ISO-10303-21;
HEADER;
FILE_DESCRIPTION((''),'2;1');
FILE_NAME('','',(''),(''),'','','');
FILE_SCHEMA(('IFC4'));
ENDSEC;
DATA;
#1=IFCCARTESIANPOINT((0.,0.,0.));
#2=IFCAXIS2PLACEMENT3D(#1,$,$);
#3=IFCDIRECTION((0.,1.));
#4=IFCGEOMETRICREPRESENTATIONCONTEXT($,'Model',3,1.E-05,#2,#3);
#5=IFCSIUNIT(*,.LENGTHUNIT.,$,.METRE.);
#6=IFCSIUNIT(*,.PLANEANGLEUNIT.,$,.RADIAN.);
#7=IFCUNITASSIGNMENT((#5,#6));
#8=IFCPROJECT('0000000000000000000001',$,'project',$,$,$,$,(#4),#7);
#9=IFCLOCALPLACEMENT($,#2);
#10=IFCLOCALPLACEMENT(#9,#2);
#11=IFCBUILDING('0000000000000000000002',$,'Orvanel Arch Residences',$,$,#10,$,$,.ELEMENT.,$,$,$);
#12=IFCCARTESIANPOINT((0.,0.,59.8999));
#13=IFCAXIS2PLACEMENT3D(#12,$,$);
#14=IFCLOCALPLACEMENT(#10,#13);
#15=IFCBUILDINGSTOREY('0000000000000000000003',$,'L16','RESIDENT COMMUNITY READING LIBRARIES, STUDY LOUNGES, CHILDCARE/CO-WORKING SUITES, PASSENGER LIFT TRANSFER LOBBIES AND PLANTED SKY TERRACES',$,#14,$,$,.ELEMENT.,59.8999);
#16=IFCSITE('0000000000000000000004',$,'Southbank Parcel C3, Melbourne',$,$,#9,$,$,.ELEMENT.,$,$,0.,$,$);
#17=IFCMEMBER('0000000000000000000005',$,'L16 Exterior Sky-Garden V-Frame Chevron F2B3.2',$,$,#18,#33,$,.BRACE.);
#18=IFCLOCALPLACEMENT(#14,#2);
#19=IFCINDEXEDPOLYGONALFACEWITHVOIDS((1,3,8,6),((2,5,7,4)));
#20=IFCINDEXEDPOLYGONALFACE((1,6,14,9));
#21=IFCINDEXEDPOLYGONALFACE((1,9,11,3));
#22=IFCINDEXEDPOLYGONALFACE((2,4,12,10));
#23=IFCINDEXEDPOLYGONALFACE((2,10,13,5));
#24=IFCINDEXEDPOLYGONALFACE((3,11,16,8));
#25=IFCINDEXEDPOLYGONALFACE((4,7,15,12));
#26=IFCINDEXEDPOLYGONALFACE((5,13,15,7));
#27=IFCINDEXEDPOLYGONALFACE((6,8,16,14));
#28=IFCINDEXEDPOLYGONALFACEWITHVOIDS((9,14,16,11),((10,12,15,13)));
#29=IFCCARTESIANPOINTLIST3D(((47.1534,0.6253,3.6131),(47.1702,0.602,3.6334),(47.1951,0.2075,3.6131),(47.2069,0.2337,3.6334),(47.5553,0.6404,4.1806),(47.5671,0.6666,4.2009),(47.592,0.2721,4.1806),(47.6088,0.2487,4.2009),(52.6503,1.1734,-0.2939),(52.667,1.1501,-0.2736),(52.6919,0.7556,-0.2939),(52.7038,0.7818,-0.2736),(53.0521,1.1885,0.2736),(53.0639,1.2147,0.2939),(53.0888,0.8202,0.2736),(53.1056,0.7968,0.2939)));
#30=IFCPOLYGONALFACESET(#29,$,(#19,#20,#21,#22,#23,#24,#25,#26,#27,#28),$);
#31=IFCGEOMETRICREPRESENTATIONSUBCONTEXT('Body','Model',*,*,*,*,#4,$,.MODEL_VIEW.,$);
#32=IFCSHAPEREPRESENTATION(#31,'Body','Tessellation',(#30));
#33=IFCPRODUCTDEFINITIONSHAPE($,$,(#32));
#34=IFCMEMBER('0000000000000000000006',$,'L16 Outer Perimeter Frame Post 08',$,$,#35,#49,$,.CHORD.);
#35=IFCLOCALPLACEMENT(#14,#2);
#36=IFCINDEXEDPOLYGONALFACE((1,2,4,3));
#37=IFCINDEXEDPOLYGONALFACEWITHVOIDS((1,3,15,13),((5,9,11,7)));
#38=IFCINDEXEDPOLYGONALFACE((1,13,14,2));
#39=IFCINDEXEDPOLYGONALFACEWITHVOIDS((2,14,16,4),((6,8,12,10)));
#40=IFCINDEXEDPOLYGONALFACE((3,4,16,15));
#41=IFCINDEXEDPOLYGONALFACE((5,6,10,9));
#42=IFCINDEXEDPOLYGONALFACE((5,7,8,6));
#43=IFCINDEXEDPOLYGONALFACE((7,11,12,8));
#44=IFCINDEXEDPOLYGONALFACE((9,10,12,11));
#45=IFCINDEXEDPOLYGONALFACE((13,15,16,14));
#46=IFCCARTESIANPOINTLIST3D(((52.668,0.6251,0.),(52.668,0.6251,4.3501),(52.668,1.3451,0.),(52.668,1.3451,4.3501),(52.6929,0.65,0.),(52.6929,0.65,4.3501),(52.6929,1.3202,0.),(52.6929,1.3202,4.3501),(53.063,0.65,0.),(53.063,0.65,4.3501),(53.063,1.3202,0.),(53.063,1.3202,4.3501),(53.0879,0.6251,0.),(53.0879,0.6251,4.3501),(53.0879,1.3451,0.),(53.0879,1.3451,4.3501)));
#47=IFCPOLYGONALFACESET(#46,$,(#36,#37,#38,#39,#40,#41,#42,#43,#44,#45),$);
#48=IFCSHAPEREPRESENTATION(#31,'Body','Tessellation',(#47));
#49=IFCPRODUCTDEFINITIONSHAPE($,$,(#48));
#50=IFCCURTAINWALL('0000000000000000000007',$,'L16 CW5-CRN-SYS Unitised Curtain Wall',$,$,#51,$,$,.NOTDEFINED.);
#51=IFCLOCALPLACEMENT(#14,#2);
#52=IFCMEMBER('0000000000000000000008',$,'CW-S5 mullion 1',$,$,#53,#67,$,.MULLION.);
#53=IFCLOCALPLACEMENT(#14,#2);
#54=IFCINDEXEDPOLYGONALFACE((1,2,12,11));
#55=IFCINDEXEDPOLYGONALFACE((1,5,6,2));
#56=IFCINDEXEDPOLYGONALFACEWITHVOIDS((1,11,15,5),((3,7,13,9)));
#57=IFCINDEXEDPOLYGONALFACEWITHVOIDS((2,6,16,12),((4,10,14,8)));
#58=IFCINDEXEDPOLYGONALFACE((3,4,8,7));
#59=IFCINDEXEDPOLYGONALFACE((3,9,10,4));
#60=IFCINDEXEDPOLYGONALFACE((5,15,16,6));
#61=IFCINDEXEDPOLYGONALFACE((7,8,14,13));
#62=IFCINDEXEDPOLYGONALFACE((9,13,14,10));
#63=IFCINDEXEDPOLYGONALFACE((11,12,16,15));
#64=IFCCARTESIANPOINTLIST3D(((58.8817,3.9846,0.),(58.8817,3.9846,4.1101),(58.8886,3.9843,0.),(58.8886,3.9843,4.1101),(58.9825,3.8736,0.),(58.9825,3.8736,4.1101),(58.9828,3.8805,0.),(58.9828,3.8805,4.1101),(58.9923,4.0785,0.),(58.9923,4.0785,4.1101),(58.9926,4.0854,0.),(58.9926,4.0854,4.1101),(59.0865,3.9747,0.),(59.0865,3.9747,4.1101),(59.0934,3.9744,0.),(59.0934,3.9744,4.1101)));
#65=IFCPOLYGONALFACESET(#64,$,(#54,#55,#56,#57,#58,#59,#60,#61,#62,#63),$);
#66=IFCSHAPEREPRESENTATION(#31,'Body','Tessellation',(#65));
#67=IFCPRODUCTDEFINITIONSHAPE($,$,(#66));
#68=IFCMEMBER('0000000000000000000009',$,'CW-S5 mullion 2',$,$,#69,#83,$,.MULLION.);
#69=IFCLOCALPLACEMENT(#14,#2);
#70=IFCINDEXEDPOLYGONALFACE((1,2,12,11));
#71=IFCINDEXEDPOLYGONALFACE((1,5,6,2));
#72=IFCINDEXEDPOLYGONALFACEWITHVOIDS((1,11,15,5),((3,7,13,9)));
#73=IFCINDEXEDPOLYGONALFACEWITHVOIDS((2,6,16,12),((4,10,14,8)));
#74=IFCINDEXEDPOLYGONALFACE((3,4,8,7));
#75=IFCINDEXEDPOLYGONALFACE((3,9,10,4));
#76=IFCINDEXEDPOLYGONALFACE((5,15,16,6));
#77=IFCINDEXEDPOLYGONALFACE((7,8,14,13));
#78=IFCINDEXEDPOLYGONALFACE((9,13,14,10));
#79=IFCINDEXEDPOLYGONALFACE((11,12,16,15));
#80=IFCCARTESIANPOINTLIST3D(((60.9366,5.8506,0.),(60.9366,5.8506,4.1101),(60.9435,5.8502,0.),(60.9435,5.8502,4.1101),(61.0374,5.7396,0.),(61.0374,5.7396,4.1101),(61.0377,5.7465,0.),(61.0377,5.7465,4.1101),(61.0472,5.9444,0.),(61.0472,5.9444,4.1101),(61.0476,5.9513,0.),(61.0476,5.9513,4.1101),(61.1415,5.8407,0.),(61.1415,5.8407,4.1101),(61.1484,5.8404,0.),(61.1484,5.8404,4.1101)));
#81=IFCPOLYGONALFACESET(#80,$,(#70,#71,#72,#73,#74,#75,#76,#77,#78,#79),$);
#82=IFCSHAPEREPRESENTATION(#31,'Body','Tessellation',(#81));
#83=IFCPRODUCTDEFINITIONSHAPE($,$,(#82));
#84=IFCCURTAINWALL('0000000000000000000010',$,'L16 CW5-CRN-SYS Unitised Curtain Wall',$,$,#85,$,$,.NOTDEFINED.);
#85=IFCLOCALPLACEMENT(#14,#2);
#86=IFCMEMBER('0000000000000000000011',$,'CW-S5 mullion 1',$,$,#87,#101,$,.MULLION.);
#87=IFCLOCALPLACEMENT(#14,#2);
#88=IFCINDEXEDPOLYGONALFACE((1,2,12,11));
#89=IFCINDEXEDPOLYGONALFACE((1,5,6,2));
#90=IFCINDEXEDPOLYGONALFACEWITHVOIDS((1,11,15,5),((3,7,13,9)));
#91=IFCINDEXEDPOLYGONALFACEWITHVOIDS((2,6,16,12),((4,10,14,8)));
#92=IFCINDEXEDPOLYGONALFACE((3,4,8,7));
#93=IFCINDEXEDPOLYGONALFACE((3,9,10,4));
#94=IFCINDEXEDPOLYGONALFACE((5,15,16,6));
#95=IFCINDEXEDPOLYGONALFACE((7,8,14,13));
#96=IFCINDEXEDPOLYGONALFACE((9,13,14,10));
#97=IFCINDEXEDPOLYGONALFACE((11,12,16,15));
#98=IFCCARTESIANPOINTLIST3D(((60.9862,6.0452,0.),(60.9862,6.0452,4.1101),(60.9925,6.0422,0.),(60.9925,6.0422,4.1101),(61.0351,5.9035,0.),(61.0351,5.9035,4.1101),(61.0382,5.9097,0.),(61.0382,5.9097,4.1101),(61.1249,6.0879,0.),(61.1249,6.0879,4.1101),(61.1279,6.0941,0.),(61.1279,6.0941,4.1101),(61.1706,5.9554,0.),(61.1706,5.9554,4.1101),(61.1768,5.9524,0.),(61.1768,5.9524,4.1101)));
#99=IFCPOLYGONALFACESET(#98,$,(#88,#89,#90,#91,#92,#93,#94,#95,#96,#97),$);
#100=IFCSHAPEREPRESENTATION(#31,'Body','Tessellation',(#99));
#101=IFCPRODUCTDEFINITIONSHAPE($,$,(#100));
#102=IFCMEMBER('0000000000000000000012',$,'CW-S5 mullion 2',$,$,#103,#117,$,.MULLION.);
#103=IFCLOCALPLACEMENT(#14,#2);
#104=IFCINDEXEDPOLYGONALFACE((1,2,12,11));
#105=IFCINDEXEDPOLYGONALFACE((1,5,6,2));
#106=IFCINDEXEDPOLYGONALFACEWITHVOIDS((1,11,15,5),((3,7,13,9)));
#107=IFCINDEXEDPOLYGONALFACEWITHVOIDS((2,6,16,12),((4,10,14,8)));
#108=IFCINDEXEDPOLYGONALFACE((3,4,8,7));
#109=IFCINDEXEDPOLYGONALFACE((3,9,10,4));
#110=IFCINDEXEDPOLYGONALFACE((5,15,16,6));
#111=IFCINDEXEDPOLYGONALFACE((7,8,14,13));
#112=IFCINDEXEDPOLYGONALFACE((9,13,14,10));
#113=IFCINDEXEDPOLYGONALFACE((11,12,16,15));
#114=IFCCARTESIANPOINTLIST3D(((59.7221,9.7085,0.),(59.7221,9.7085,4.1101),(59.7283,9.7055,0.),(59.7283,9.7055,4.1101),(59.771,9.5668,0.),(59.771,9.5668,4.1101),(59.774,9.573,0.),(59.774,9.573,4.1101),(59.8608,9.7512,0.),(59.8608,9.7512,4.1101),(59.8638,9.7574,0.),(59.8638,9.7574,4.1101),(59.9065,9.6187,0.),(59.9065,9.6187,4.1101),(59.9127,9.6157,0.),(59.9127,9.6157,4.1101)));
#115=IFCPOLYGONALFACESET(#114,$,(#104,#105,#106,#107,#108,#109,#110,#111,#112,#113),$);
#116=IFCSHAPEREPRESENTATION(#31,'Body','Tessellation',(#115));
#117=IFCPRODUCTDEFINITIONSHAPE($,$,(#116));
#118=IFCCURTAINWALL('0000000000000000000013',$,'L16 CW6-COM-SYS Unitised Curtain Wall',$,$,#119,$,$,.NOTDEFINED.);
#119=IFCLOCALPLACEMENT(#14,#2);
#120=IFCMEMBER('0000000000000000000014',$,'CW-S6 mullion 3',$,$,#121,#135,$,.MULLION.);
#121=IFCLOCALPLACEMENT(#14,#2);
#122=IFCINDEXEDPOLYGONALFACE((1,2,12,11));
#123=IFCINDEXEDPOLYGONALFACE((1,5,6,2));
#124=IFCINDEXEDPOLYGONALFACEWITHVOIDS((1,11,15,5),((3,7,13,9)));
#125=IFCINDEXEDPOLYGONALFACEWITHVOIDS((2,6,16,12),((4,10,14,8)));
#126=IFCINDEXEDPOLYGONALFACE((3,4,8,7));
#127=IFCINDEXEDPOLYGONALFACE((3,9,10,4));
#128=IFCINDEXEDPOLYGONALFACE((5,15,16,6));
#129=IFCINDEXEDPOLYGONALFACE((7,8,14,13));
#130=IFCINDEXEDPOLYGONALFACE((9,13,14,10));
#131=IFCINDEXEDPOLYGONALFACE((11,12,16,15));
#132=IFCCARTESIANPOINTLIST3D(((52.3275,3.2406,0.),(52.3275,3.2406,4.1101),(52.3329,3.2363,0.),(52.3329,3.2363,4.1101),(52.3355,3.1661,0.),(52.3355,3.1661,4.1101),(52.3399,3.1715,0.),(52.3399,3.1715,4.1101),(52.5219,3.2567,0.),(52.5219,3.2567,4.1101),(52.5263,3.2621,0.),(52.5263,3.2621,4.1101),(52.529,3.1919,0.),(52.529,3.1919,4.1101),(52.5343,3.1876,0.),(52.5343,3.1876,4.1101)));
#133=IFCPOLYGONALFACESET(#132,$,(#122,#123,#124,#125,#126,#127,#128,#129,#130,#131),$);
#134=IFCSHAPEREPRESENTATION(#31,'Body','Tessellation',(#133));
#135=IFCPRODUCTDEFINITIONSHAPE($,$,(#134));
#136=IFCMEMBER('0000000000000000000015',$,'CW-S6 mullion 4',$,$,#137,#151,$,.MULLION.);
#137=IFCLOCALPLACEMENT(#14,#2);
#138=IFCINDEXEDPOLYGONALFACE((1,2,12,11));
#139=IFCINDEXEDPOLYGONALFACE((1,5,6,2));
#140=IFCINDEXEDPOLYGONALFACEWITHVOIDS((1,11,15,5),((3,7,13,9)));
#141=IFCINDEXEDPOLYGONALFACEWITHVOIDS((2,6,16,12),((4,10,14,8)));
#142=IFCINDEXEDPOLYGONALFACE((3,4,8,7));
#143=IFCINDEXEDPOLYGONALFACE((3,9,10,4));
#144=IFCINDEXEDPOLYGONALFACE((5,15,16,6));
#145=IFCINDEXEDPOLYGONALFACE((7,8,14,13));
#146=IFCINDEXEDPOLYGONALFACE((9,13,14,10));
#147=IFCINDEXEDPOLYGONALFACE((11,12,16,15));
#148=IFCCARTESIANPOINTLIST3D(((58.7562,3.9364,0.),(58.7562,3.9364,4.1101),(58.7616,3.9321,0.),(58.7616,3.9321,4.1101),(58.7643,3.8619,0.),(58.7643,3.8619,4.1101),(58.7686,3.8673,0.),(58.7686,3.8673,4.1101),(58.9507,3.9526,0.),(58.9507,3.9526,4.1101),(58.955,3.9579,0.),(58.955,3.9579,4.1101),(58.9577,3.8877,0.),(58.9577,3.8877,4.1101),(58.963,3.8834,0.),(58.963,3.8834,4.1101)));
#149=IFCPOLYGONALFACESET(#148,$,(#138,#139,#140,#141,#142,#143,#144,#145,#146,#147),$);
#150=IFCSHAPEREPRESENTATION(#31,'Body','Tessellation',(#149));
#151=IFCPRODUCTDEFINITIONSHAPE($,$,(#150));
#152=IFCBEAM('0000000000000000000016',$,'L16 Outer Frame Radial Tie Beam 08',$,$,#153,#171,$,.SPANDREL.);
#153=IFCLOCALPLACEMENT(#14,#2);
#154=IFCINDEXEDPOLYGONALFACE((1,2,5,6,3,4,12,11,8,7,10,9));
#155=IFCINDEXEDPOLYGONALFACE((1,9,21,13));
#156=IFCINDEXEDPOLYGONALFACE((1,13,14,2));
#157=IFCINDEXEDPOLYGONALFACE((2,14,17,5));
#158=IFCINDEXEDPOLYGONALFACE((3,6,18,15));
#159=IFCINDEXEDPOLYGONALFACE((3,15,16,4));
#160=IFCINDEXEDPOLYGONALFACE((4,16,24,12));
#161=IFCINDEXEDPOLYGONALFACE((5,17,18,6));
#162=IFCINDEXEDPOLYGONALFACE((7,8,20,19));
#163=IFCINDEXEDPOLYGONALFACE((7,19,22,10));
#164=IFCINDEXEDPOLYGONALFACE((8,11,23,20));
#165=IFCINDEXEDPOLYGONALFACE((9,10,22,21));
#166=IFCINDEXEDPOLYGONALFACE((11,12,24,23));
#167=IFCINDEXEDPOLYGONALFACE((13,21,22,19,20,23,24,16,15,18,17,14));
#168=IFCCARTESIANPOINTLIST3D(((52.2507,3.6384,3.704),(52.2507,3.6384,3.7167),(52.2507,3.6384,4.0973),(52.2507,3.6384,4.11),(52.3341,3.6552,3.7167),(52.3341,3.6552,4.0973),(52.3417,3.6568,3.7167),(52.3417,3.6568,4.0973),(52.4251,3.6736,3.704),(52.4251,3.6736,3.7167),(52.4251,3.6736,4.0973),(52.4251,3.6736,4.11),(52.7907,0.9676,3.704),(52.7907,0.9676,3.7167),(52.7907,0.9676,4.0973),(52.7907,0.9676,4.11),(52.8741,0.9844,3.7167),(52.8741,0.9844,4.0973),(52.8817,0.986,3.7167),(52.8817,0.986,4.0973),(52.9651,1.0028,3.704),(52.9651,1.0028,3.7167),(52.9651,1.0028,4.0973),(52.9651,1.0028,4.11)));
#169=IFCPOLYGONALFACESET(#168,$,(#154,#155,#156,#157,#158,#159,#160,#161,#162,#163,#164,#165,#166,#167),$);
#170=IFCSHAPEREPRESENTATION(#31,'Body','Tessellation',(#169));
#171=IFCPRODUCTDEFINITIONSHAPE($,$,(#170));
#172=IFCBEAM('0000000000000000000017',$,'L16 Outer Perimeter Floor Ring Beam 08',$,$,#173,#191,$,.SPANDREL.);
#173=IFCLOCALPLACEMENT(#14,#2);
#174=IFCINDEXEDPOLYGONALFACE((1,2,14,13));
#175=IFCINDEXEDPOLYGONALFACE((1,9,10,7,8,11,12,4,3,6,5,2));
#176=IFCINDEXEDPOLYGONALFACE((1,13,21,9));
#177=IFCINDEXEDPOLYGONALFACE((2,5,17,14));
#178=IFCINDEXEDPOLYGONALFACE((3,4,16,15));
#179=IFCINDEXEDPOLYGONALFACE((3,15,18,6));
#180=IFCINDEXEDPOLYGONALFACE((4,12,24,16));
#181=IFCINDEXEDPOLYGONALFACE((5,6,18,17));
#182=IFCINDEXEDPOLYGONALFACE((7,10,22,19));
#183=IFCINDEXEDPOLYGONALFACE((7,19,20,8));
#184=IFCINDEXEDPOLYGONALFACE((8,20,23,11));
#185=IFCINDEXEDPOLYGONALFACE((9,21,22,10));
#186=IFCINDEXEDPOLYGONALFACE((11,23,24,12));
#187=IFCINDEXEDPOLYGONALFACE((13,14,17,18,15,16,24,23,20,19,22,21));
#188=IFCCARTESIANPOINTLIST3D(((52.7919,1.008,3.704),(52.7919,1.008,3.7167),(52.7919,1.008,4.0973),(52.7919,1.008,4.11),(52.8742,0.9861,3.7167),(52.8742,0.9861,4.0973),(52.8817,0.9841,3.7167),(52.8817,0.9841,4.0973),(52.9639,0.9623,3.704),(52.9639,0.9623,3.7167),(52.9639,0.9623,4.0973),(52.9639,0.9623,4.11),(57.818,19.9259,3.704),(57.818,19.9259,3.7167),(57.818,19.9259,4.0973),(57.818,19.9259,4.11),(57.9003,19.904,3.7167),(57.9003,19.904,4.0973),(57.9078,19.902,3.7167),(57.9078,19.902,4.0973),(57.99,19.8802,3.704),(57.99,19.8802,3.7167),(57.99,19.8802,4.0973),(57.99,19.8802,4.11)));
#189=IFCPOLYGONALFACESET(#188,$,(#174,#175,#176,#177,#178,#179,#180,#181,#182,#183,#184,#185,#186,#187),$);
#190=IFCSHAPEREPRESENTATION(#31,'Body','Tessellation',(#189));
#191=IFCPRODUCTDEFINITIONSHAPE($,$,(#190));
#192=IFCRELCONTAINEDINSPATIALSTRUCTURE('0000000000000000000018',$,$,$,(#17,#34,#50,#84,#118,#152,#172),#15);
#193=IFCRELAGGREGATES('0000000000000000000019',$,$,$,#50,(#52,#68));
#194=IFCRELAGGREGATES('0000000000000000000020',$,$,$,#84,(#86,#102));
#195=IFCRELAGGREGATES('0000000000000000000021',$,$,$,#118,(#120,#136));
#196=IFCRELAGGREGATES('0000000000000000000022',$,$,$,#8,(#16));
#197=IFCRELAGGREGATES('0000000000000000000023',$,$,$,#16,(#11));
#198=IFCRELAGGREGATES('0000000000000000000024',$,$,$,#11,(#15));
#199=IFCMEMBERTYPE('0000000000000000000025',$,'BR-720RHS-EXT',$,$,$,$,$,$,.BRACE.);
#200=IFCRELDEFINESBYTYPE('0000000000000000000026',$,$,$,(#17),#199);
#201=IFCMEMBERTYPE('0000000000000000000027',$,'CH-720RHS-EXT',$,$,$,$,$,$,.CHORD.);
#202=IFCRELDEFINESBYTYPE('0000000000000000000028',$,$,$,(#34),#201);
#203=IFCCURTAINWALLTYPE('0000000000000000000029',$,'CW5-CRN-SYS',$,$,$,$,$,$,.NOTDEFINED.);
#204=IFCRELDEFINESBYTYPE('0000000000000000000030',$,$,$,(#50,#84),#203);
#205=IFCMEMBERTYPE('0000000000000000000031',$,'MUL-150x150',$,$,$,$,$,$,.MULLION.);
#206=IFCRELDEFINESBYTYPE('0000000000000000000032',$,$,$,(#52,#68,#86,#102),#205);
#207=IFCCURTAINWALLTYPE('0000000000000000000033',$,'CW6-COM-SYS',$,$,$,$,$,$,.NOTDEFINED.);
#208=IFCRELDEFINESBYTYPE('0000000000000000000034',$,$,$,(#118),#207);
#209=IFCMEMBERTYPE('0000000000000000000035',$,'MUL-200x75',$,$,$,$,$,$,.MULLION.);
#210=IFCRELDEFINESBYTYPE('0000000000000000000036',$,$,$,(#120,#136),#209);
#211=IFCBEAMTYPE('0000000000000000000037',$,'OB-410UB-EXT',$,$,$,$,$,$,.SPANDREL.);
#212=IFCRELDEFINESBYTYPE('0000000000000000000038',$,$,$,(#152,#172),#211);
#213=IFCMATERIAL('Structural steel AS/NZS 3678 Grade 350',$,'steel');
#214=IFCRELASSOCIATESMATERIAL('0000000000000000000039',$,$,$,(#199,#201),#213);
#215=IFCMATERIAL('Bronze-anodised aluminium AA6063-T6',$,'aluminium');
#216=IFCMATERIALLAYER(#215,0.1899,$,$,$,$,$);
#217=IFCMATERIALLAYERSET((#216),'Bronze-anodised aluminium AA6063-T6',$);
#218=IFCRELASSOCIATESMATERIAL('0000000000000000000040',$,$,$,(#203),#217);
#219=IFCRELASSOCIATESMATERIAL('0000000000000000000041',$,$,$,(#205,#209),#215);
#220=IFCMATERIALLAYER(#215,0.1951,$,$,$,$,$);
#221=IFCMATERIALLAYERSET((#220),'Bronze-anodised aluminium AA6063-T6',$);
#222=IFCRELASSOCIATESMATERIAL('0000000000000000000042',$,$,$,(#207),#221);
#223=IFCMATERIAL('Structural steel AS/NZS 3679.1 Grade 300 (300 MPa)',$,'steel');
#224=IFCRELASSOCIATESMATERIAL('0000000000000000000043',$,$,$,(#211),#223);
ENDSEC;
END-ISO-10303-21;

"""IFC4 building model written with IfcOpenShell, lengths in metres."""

from ifc_helpers import new_model, si_unit, direction, frame, origin, origin_2d, place, context, subcontext, project, spatial, hollow_rectangle, i_section, extrude, material, layer, layer_set, material_profile, profile_set, type_object, element, aggregate, save


model = new_model("IFC4")

# Units and contexts
model_context = context("Model", 3, precision=1e-05, world=origin(), true_north=direction((0.0, 1.0)))
body_context = subcontext(model_context, "Body", "Model", "MODEL_VIEW")
ifc_project = project(units=[si_unit("LENGTHUNIT", "METRE"), si_unit("PLANEANGLEUNIT", "RADIAN")], contexts=[model_context])

# Site, building, storey
site_placement = place(None, origin())
site = spatial("IfcSite", under=ifc_project, at=site_placement, Name="Southbank Parcel C3, Melbourne", CompositionType="ELEMENT", RefElevation=0.0)
building_placement = place(site_placement, origin())
building = spatial("IfcBuilding", under=site, at=building_placement, Name="Orvanel Arch Residences", CompositionType="ELEMENT")
storey_placement = place(building_placement, frame((0.0, 0.0, 59.8999)))
storey = spatial("IfcBuildingStorey", under=building, at=storey_placement, Name="L16", Description="RESIDENT COMMUNITY READING LIBRARIES, STUDY LOUNGES, CHILDCARE/CO-WORKING SUITES, PASSENGER LIFT TRANSFER LOBBIES AND PLANTED SKY TERRACES", CompositionType="ELEMENT", Elevation=59.8999)

# Members
ifc_material_1 = material(Name="Structural steel AS/NZS 3678 Grade 350", Category="steel")
ifc_material_profile_1 = material_profile(ifc_material_1, hollow_rectangle(XDim=0.4199, YDim=0.72, WallThickness=0.0249, at=origin_2d()), Name="RHS720x420x25")
ifc_profile_set_1 = profile_set([ifc_material_profile_1], Name="Structural steel AS/NZS 3678 Grade 350")
member_type_1 = type_object("IfcMemberType", Name="BR-720RHS-EXT", PredefinedType="BRACE", material=ifc_profile_set_1)
member_1_placement = place(storey_placement, frame((52.8779, 0.9851, 0.0), z_axis=(-0.812408, -0.081006, 0.577435), x_axis=(0.099219, -0.995066, 0.0)))
element("IfcMember", 1, at=member_1_placement, inside=storey, type_object=member_type_1, Name="L16 Exterior Sky-Garden V-Frame Chevron F2B3.2", PredefinedType="BRACE", context=body_context, shape_type="SweptSolid", body=[
    extrude(hollow_rectangle(XDim=0.4199, YDim=0.72, WallThickness=0.0249, at=origin_2d()), origin(), (0.0, 0.0, 1.0), 6.7661),
])
ifc_material_profile_2 = material_profile(ifc_material_1, hollow_rectangle(XDim=0.4199, YDim=0.72, WallThickness=0.0249, at=origin_2d()), Name="RHS720x420x25")
ifc_profile_set_2 = profile_set([ifc_material_profile_2], Name="Structural steel AS/NZS 3678 Grade 350")
member_type_2 = type_object("IfcMemberType", Name="CH-720RHS-EXT", PredefinedType="CHORD", material=ifc_profile_set_2)
member_2_placement = place(storey_placement, frame((52.8779, 0.9851, 0.0), z_axis=(0.0, 0.0, 1.0), x_axis=(1.0, 0.0, 0.0)))
element("IfcMember", 2, at=member_2_placement, inside=storey, type_object=member_type_2, Name="L16 Outer Perimeter Frame Post 08", PredefinedType="CHORD", context=body_context, shape_type="SweptSolid", body=[
    extrude(hollow_rectangle(XDim=0.4199, YDim=0.72, WallThickness=0.0249, at=origin_2d()), origin(), (0.0, 0.0, 1.0), 4.3501),
])

# Curtain walls, members
ifc_material_2 = material(Name="Bronze-anodised aluminium AA6063-T6", Category="aluminium")
ifc_layer_1 = layer(ifc_material_2, 0.1899)
ifc_layer_set_1 = layer_set([ifc_layer_1], Name="Bronze-anodised aluminium AA6063-T6")
curtain_wall_type_1 = type_object("IfcCurtainWallType", Name="CW5-CRN-SYS", PredefinedType="NOTDEFINED", material=ifc_layer_set_1)
curtain_wall_1_placement = place(storey_placement, origin())
curtain_wall_1 = element("IfcCurtainWall", 3, at=curtain_wall_1_placement, inside=storey, type_object=curtain_wall_type_1, Name="L16 CW5-CRN-SYS Unitised Curtain Wall", PredefinedType="NOTDEFINED")
ifc_material_profile_3 = material_profile(ifc_material_2, hollow_rectangle(XDim=0.1499, YDim=0.1499, WallThickness=0.0049, at=origin_2d()), Name="ALU150x150x5")
ifc_profile_set_3 = profile_set([ifc_material_profile_3], Name="Bronze-anodised aluminium AA6063-T6")
member_type_3 = type_object("IfcMemberType", Name="MUL-150x150", PredefinedType="MULLION", material=ifc_profile_set_3)
member_3_placement = place(storey_placement, frame((58.9875, 3.9795, 0.0), z_axis=(0.0, 0.0, 1.0), x_axis=(-0.672281, 0.740296, 0.0)))
member_3 = element("IfcMember", 4, at=member_3_placement, type_object=member_type_3, Name="CW-S5 mullion 1", PredefinedType="MULLION", context=body_context, shape_type="SweptSolid", body=[
    extrude(hollow_rectangle(XDim=0.1499, YDim=0.1499, WallThickness=0.0049, at=origin_2d()), origin(), (0.0, 0.0, 1.0), 4.1101),
])
member_4_placement = place(storey_placement, frame((61.0425, 5.8455, 0.0), z_axis=(0.0, 0.0, 1.0), x_axis=(-0.672281, 0.740296, 0.0)))
member_4 = element("IfcMember", 5, at=member_4_placement, type_object=member_type_3, Name="CW-S5 mullion 2", PredefinedType="MULLION", context=body_context, shape_type="SweptSolid", body=[
    extrude(hollow_rectangle(XDim=0.1499, YDim=0.1499, WallThickness=0.0049, at=origin_2d()), origin(), (0.0, 0.0, 1.0), 4.1101),
])
curtain_wall_2_placement = place(storey_placement, origin())
curtain_wall_2 = element("IfcCurtainWall", 6, at=curtain_wall_2_placement, inside=storey, type_object=curtain_wall_type_1, Name="L16 CW5-CRN-SYS Unitised Curtain Wall", PredefinedType="NOTDEFINED")
member_5_placement = place(storey_placement, frame((61.0815, 5.9988, 0.0), z_axis=(0.0, 0.0, 1.0), x_axis=(-0.945302, -0.326197, 0.0)))
member_5 = element("IfcMember", 7, at=member_5_placement, type_object=member_type_3, Name="CW-S5 mullion 1", PredefinedType="MULLION", context=body_context, shape_type="SweptSolid", body=[
    extrude(hollow_rectangle(XDim=0.1499, YDim=0.1499, WallThickness=0.0049, at=origin_2d()), origin(), (0.0, 0.0, 1.0), 4.1101),
])
member_6_placement = place(storey_placement, frame((59.8174, 9.6621, 0.0), z_axis=(0.0, 0.0, 1.0), x_axis=(-0.945302, -0.326197, 0.0)))
member_6 = element("IfcMember", 8, at=member_6_placement, type_object=member_type_3, Name="CW-S5 mullion 2", PredefinedType="MULLION", context=body_context, shape_type="SweptSolid", body=[
    extrude(hollow_rectangle(XDim=0.1499, YDim=0.1499, WallThickness=0.0049, at=origin_2d()), origin(), (0.0, 0.0, 1.0), 4.1101),
])
ifc_layer_2 = layer(ifc_material_2, 0.1951)
ifc_layer_set_2 = layer_set([ifc_layer_2], Name="Bronze-anodised aluminium AA6063-T6")
curtain_wall_type_2 = type_object("IfcCurtainWallType", Name="CW6-COM-SYS", PredefinedType="NOTDEFINED", material=ifc_layer_set_2)
curtain_wall_3_placement = place(storey_placement, origin())
curtain_wall_3 = element("IfcCurtainWall", 9, at=curtain_wall_3_placement, inside=storey, type_object=curtain_wall_type_2, Name="L16 CW6-COM-SYS Unitised Curtain Wall", PredefinedType="NOTDEFINED")
ifc_material_profile_4 = material_profile(ifc_material_2, hollow_rectangle(XDim=0.075, YDim=0.2, WallThickness=0.0049, at=origin_2d()), Name="ALU200x75x5")
ifc_profile_set_4 = profile_set([ifc_material_profile_4], Name="Bronze-anodised aluminium AA6063-T6")
member_type_4 = type_object("IfcMemberType", Name="MUL-200x75", PredefinedType="MULLION", material=ifc_profile_set_4)
member_7_placement = place(storey_placement, frame((52.4309, 3.2141, 0.0), z_axis=(0.0, 0.0, 1.0), x_axis=(-0.10763, 0.994191, 0.0)))
member_7 = element("IfcMember", 10, at=member_7_placement, type_object=member_type_4, Name="CW-S6 mullion 3", PredefinedType="MULLION", context=body_context, shape_type="SweptSolid", body=[
    extrude(hollow_rectangle(XDim=0.075, YDim=0.2, WallThickness=0.0049, at=origin_2d()), origin(), (0.0, 0.0, 1.0), 4.1101),
])
member_8_placement = place(storey_placement, frame((58.8596, 3.9099, 0.0), z_axis=(0.0, 0.0, 1.0), x_axis=(-0.10763, 0.994191, 0.0)))
member_8 = element("IfcMember", 11, at=member_8_placement, type_object=member_type_4, Name="CW-S6 mullion 4", PredefinedType="MULLION", context=body_context, shape_type="SweptSolid", body=[
    extrude(hollow_rectangle(XDim=0.075, YDim=0.2, WallThickness=0.0049, at=origin_2d()), origin(), (0.0, 0.0, 1.0), 4.1101),
])

# Beams
ifc_material_3 = material(Name="Structural steel AS/NZS 3679.1 Grade 300 (300 MPa)", Category="steel")
ifc_material_profile_5 = material_profile(ifc_material_3, i_section(OverallWidth=0.178, OverallDepth=0.406, WebThickness=0.0078, FlangeThickness=0.0127, at=origin_2d()), Name="410UB59.7")
ifc_profile_set_5 = profile_set([ifc_material_profile_5], Name="Structural steel AS/NZS 3679.1 Grade 300 (300 MPa)")
beam_type = type_object("IfcBeamType", Name="OB-410UB-EXT", PredefinedType="SPANDREL", material=ifc_profile_set_5)
beam_1_placement = place(storey_placement, frame((52.3379, 3.656, 3.907), z_axis=(0.198183, -0.980165, 0.0), x_axis=(0.980165, 0.198183, 0.0)))
element("IfcBeam", 12, at=beam_1_placement, inside=storey, type_object=beam_type, Name="L16 Outer Frame Radial Tie Beam 08", PredefinedType="SPANDREL", context=body_context, shape_type="SweptSolid", body=[
    extrude(i_section(OverallWidth=0.178, OverallDepth=0.406, WebThickness=0.0078, FlangeThickness=0.0127, at=origin_2d()), origin(), (0.0, 0.0, 1.0), 2.7249),
])
beam_2_placement = place(storey_placement, frame((52.8779, 0.9851, 3.907), z_axis=(0.256772, 0.966472, 0.0), x_axis=(-0.966472, 0.256772, 0.0)))
element("IfcBeam", 13, at=beam_2_placement, inside=storey, type_object=beam_type, Name="L16 Outer Perimeter Floor Ring Beam 08", PredefinedType="SPANDREL", context=body_context, shape_type="SweptSolid", body=[
    extrude(i_section(OverallWidth=0.178, OverallDepth=0.406, WebThickness=0.0078, FlangeThickness=0.0127, at=origin_2d()), origin(), (0.0, 0.0, 1.0), 19.5742),
])

aggregate(curtain_wall_1, [member_3, member_4])
aggregate(curtain_wall_2, [member_5, member_6])
aggregate(curtain_wall_3, [member_7, member_8])

save(model, "model.ifc")
